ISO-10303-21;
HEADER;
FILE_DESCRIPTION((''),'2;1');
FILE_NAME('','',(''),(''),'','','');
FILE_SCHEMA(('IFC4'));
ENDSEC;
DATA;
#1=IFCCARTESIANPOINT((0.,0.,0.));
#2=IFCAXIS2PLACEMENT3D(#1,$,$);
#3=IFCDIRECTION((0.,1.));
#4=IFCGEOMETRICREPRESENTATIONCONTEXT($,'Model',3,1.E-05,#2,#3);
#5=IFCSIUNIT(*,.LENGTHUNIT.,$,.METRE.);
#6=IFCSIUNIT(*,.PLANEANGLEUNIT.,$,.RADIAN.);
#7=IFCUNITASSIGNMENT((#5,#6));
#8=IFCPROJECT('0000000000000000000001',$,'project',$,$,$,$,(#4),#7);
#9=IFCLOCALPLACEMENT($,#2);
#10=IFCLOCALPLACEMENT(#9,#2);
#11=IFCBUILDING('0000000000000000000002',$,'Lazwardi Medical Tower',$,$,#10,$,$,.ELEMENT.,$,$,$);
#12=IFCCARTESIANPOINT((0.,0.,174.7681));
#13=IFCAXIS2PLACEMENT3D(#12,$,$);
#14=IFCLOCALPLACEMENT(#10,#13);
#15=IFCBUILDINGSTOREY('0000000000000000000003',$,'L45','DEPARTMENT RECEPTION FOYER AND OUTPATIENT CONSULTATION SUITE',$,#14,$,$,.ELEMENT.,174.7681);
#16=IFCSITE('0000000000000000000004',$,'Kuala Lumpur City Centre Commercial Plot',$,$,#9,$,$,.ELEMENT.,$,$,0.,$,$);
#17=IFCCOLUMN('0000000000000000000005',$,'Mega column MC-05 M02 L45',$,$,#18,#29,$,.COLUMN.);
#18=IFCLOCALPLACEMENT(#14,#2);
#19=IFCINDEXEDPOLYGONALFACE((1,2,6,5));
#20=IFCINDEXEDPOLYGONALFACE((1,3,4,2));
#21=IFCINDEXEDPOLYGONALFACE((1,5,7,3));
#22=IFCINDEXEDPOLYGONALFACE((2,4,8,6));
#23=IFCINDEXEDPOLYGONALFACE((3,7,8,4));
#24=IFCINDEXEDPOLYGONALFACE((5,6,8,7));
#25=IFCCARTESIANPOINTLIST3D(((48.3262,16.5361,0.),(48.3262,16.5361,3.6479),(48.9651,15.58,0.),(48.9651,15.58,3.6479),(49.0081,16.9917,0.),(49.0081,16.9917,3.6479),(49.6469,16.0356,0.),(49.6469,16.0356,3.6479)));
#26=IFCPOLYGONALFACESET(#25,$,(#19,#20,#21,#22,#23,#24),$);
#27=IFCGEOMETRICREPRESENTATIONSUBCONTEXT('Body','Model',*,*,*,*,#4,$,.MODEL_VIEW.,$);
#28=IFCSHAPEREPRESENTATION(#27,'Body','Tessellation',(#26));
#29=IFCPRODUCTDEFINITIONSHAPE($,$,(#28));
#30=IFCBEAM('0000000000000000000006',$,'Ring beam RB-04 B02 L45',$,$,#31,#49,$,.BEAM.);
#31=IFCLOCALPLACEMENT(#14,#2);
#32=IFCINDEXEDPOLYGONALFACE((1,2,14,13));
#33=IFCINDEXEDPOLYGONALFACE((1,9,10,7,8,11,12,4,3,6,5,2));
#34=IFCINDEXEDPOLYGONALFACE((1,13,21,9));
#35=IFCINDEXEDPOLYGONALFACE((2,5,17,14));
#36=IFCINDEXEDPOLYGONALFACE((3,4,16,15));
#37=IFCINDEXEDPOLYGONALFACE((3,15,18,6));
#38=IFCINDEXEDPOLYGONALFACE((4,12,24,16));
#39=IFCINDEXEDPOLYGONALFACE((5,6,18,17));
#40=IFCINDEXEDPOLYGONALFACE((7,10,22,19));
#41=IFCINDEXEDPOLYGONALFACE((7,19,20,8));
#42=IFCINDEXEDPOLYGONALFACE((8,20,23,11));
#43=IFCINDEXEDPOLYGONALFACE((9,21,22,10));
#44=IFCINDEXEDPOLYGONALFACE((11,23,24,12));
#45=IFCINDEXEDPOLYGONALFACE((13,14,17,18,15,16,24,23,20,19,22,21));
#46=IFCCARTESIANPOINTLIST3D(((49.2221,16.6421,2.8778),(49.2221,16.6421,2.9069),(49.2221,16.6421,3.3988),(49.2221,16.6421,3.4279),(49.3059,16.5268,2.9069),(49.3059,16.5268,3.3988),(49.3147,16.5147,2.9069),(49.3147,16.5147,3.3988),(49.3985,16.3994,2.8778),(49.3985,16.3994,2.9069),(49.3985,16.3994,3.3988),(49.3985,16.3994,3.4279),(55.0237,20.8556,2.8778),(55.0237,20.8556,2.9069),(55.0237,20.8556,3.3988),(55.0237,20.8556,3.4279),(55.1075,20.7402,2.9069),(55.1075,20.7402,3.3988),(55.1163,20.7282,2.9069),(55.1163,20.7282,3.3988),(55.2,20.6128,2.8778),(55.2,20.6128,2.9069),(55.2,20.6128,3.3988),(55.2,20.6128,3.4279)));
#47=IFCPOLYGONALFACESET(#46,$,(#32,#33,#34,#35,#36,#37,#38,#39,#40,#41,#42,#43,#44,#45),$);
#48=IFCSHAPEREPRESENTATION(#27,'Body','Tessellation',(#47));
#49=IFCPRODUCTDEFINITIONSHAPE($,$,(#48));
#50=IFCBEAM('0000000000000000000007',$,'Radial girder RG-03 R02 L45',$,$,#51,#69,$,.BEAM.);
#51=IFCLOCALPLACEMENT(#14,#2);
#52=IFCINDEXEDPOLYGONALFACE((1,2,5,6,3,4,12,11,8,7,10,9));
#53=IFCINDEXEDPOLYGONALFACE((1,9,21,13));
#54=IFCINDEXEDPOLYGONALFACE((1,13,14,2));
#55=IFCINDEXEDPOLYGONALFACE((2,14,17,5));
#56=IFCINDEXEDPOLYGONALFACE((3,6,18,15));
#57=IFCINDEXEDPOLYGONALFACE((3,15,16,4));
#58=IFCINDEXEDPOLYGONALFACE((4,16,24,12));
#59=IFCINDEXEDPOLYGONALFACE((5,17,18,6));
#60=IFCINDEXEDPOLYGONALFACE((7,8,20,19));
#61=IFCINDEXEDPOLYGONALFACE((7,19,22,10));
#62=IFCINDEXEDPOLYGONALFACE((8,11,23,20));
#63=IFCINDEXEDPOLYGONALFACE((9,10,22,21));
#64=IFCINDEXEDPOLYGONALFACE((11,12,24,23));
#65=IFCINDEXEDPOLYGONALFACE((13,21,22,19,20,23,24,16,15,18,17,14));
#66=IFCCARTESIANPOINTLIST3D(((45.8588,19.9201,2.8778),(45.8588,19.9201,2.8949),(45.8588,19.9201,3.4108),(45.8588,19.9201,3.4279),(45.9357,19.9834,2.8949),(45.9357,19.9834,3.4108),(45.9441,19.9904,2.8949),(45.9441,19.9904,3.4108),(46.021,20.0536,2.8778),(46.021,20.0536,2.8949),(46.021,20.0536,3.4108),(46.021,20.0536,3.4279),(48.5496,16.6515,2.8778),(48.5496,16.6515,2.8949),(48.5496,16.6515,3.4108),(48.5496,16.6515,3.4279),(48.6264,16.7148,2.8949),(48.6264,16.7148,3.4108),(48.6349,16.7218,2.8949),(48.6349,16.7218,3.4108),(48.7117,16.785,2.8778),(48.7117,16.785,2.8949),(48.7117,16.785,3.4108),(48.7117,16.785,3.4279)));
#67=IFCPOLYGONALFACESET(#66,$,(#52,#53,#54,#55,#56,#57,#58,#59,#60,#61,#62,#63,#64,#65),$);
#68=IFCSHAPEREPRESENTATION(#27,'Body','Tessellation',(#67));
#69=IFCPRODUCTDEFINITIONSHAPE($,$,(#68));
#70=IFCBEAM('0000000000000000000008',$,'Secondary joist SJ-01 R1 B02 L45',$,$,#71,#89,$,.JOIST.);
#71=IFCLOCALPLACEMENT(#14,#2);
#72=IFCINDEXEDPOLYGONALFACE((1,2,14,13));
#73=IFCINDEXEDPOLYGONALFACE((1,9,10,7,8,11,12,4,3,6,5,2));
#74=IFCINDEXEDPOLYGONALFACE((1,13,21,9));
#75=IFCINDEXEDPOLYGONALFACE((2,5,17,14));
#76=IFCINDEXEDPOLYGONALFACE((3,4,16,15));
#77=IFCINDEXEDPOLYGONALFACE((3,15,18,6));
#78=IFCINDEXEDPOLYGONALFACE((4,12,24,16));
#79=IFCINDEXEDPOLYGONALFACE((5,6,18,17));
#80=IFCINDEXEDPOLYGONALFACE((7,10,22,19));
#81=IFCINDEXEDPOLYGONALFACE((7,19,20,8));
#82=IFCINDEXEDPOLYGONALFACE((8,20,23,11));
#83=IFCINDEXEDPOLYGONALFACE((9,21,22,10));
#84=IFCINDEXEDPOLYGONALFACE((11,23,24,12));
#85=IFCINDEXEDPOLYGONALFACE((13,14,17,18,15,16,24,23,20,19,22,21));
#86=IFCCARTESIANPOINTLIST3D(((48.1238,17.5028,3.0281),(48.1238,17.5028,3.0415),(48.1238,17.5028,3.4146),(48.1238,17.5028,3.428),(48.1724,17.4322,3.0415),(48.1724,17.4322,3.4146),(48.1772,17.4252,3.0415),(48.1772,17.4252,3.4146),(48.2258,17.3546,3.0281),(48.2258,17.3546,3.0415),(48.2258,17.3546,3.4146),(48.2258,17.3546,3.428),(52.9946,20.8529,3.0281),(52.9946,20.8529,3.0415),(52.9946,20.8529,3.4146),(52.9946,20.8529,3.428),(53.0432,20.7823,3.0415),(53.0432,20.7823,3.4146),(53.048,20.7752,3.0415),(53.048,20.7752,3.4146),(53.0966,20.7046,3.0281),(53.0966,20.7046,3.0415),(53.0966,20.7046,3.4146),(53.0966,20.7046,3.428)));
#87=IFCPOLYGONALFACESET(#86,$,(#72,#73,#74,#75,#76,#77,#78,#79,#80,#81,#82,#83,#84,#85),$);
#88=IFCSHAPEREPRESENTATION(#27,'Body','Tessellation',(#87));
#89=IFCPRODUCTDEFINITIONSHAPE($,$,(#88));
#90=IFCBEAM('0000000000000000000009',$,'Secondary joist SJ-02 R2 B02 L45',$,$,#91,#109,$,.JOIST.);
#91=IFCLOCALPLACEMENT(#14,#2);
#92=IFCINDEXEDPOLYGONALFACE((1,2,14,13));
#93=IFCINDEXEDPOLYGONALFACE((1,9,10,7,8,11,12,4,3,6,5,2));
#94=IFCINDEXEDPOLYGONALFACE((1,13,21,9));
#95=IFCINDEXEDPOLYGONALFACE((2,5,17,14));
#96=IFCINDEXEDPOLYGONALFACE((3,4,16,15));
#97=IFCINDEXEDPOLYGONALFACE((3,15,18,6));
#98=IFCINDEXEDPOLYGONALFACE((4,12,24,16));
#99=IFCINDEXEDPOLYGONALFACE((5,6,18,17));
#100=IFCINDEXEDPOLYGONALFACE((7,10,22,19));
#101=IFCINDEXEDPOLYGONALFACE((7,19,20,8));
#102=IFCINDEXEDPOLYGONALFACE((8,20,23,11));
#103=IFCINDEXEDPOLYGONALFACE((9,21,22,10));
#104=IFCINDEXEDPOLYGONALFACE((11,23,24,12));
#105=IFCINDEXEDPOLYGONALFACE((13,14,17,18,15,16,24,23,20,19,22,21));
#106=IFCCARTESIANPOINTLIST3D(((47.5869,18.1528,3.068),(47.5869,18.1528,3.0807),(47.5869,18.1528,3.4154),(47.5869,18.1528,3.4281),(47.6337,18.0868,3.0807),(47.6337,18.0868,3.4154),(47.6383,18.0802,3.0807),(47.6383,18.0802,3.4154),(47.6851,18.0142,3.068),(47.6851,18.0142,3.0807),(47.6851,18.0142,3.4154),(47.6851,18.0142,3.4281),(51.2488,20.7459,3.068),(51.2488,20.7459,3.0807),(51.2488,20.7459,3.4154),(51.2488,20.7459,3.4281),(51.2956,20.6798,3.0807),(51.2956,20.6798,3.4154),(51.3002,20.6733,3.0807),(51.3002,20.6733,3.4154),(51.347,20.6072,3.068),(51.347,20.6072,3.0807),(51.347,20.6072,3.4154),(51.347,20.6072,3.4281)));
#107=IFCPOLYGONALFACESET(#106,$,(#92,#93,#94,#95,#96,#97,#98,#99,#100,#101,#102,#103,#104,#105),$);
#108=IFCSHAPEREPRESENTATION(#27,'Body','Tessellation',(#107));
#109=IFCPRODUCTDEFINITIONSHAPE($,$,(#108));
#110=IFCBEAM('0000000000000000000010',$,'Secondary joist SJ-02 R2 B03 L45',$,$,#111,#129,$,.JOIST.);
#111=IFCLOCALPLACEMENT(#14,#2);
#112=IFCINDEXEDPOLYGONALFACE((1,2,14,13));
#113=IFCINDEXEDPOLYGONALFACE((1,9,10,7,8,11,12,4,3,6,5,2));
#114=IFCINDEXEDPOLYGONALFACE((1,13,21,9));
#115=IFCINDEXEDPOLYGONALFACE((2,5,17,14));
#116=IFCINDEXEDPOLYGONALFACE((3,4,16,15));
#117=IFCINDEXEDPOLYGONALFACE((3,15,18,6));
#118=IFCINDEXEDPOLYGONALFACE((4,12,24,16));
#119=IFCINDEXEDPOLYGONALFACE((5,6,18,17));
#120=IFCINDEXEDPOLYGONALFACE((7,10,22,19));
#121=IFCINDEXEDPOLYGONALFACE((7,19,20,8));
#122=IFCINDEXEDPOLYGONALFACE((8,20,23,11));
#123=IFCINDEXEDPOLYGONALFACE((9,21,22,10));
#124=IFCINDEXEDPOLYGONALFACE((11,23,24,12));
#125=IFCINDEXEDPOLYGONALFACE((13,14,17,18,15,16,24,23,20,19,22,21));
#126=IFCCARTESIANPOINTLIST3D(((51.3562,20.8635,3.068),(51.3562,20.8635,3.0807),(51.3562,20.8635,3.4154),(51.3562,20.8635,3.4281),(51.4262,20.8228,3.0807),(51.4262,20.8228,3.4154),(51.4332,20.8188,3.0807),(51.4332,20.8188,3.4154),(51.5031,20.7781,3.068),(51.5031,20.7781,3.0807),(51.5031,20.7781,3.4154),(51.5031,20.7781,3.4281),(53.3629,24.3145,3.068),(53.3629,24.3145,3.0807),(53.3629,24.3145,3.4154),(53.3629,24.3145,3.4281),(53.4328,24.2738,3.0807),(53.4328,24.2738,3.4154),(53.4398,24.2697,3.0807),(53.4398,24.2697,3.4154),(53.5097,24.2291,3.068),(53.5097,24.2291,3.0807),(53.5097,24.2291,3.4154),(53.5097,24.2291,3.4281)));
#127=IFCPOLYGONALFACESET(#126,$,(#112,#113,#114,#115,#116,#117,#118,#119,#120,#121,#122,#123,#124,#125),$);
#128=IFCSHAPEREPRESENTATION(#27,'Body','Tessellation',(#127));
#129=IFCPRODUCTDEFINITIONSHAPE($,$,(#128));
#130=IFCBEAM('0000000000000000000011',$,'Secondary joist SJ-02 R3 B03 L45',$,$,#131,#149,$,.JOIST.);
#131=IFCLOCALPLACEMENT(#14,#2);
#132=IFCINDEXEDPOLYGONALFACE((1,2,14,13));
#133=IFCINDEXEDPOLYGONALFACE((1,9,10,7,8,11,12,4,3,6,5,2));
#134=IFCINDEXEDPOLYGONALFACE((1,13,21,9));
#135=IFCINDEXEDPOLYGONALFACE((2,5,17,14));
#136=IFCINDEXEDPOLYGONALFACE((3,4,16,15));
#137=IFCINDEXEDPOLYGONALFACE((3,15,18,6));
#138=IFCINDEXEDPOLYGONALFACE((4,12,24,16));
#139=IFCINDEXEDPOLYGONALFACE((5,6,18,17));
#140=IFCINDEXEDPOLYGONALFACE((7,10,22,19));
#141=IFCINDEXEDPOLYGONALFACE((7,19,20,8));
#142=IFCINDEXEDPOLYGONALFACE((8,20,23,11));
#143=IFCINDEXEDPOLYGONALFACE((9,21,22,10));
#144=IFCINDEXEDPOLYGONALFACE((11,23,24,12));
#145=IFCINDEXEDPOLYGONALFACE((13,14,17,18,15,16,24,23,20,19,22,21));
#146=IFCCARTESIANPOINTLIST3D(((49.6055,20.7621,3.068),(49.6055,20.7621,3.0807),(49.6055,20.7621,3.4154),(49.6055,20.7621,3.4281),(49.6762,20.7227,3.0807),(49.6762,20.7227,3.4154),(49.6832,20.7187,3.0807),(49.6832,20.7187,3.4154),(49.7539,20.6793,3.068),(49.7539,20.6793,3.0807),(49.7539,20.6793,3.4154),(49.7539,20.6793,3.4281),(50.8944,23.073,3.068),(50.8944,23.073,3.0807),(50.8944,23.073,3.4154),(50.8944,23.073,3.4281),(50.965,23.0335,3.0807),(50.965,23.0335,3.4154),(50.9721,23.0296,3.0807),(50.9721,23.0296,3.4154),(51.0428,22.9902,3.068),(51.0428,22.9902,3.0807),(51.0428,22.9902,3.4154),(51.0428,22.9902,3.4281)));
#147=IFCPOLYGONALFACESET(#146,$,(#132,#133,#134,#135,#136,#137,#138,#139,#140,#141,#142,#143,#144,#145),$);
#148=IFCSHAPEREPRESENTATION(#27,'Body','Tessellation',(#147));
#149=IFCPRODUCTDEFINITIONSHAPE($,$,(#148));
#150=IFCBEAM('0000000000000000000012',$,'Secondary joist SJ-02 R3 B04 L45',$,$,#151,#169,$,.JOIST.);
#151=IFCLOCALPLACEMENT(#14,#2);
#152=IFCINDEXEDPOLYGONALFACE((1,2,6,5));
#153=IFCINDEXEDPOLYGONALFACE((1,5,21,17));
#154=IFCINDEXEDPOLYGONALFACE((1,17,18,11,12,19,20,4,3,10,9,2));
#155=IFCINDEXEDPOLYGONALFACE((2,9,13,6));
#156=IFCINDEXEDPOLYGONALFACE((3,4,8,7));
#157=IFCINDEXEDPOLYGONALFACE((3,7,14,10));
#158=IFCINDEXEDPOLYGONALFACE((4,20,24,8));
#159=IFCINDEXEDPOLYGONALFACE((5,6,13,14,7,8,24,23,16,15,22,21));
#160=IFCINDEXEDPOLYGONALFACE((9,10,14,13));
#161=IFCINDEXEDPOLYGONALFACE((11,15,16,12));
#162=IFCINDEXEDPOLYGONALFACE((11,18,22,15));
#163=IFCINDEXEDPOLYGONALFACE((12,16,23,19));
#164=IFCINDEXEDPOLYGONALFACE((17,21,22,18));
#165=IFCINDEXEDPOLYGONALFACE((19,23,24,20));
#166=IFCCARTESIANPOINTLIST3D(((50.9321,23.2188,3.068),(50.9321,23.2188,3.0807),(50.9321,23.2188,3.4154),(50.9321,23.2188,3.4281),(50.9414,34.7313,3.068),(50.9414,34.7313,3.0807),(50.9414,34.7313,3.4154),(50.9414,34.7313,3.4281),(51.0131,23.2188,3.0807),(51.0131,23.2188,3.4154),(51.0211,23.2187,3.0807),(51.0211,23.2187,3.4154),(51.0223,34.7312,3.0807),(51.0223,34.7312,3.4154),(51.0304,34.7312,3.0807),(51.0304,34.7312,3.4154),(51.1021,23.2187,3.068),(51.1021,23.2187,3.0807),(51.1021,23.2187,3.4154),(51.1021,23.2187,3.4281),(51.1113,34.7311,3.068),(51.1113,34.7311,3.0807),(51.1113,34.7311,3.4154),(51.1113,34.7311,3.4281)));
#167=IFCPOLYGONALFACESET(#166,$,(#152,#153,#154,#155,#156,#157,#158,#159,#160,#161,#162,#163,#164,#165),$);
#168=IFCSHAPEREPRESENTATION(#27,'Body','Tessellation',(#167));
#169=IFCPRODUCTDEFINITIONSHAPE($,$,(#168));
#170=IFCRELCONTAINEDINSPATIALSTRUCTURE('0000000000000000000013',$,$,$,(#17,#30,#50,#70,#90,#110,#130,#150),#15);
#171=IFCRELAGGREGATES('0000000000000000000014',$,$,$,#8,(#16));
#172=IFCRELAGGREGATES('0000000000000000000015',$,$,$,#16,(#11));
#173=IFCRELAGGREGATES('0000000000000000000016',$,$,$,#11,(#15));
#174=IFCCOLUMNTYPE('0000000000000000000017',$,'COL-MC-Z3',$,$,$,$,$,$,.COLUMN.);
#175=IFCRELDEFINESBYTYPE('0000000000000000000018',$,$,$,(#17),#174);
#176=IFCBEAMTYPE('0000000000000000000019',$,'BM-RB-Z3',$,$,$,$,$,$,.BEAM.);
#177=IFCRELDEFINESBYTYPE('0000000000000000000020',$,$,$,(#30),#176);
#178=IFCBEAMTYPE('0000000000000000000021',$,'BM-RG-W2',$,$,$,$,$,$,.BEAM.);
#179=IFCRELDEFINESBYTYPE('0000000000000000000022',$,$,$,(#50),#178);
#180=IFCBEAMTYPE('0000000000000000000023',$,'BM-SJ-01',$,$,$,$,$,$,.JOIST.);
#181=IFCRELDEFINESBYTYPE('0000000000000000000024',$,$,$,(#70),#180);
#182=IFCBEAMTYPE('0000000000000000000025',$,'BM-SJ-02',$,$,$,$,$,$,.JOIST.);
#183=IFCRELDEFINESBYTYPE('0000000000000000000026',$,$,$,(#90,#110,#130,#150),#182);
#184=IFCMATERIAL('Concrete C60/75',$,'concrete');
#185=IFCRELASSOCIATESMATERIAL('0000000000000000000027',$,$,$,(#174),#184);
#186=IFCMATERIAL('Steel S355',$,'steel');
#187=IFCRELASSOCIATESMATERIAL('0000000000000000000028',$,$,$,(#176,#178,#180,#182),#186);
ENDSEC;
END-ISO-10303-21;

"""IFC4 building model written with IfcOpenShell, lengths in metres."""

from ifc_helpers import new_model, si_unit, direction, frame, origin, origin_2d, place, context, subcontext, project, spatial, rectangle, i_section, extrude, material, material_profile, profile_set, type_object, element, save


model = new_model("IFC4")

# Units and contexts
model_context = context("Model", 3, precision=1e-05, world=origin(), true_north=direction((0.0, 1.0)))
body_context = subcontext(model_context, "Body", "Model", "MODEL_VIEW")
ifc_project = project(units=[si_unit("LENGTHUNIT", "METRE"), si_unit("PLANEANGLEUNIT", "RADIAN")], contexts=[model_context])

# Site, building, storey
site_placement = place(None, origin())
site = spatial("IfcSite", under=ifc_project, at=site_placement, Name="Kuala Lumpur City Centre Commercial Plot", CompositionType="ELEMENT", RefElevation=0.0)
building_placement = place(site_placement, origin())
building = spatial("IfcBuilding", under=site, at=building_placement, Name="Lazwardi Medical Tower", CompositionType="ELEMENT")
storey_placement = place(building_placement, frame((0.0, 0.0, 174.7681)))
storey = spatial("IfcBuildingStorey", under=building, at=storey_placement, Name="L45", Description="DEPARTMENT RECEPTION FOYER AND OUTPATIENT CONSULTATION SUITE", CompositionType="ELEMENT", Elevation=174.7681)

# Column
ifc_material_1 = material(Name="Concrete C60/75", Category="concrete")
ifc_material_profile_1 = material_profile(ifc_material_1, rectangle(XDim=1.1499, YDim=0.8201, at=origin_2d()), Name="CFT-RECT 1150x820")
ifc_profile_set_1 = profile_set([ifc_material_profile_1], Name="Concrete C60/75")
column_type = type_object("IfcColumnType", Name="COL-MC-Z3", PredefinedType="COLUMN", material=ifc_profile_set_1)
column_placement = place(storey_placement, frame((48.9866, 16.2859, 0.0), z_axis=(0.0, 0.0, 1.0), x_axis=(0.55557, -0.83147, 0.0)))
element("IfcColumn", 1, at=column_placement, inside=storey, type_object=column_type, Name="Mega column MC-05 M02 L45", PredefinedType="COLUMN", context=body_context, shape_type="SweptSolid", body=[
    extrude(rectangle(XDim=1.1499, YDim=0.8201, at=origin_2d()), origin(), (0.0, 0.0, 1.0), 3.6479),
])

# Beams
ifc_material_2 = material(Name="Steel S355", Category="steel")
ifc_material_profile_2 = material_profile(ifc_material_2, i_section(OverallWidth=0.3, OverallDepth=0.55, WebThickness=0.0149, FlangeThickness=0.0291, at=origin_2d()), Name="HEB 550")
ifc_profile_set_2 = profile_set([ifc_material_profile_2], Name="Steel S355")
beam_type_1 = type_object("IfcBeamType", Name="BM-RB-Z3", PredefinedType="BEAM", material=ifc_profile_set_2)
beam_1_placement = place(storey_placement, frame((49.3103, 16.5208, 3.1528), z_axis=(0.809128, 0.587633, 0.0), x_axis=(-0.587633, 0.809128, 0.0)))
element("IfcBeam", 2, at=beam_1_placement, inside=storey, type_object=beam_type_1, Name="Ring beam RB-04 B02 L45", PredefinedType="BEAM", context=body_context, shape_type="SweptSolid", body=[
    extrude(i_section(OverallWidth=0.3, OverallDepth=0.55, WebThickness=0.0149, FlangeThickness=0.0291, at=origin_2d()), origin(), (0.0, 0.0, 1.0), 7.1702),
])
ifc_material_profile_3 = material_profile(ifc_material_2, i_section(OverallWidth=0.21, OverallDepth=0.55, WebThickness=0.011, FlangeThickness=0.0171, at=origin_2d()), Name="IPE 550")
ifc_profile_set_3 = profile_set([ifc_material_profile_3], Name="Steel S355")
beam_type_2 = type_object("IfcBeamType", Name="BM-RG-W2", PredefinedType="BEAM", material=ifc_profile_set_3)
beam_2_placement = place(storey_placement, frame((48.6306, 16.7183, 3.1528), z_axis=(-0.635556, 0.772055, 0.0), x_axis=(-0.772055, -0.635556, 0.0)))
element("IfcBeam", 3, at=beam_2_placement, inside=storey, type_object=beam_type_2, Name="Radial girder RG-03 R02 L45", PredefinedType="BEAM", context=body_context, shape_type="SweptSolid", body=[
    extrude(i_section(OverallWidth=0.21, OverallDepth=0.55, WebThickness=0.011, FlangeThickness=0.0171, at=origin_2d()), origin(), (0.0, 0.0, 1.0), 4.2336),
])
ifc_material_profile_4 = material_profile(ifc_material_2, i_section(OverallWidth=0.1799, OverallDepth=0.3999, WebThickness=0.0085, FlangeThickness=0.0134, at=origin_2d()), Name="IPE 400")
ifc_profile_set_4 = profile_set([ifc_material_profile_4], Name="Steel S355")
beam_type_3 = type_object("IfcBeamType", Name="BM-SJ-01", PredefinedType="JOIST", material=ifc_profile_set_4)
beam_3_placement = place(storey_placement, frame((48.1748, 17.4287, 3.228), z_axis=(0.823932, 0.566688, 0.0), x_axis=(-0.566688, 0.823932, 0.0)))
element("IfcBeam", 4, at=beam_3_placement, inside=storey, type_object=beam_type_3, Name="Secondary joist SJ-01 R1 B02 L45", PredefinedType="JOIST", context=body_context, shape_type="SweptSolid", body=[
    extrude(i_section(OverallWidth=0.1799, OverallDepth=0.3999, WebThickness=0.0085, FlangeThickness=0.0134, at=origin_2d()), origin(), (0.0, 0.0, 1.0), 5.9116),
])
ifc_material_profile_5 = material_profile(ifc_material_2, i_section(OverallWidth=0.1699, OverallDepth=0.3601, WebThickness=0.0081, FlangeThickness=0.0127, at=origin_2d()), Name="IPE 360")
ifc_profile_set_5 = profile_set([ifc_material_profile_5], Name="Steel S355")
beam_type_4 = type_object("IfcBeamType", Name="BM-SJ-02", PredefinedType="JOIST", material=ifc_profile_set_5)
beam_4_placement = place(storey_placement, frame((47.636, 18.0835, 3.248), z_axis=(0.816109, 0.577898, 0.0), x_axis=(-0.577898, 0.816109, 0.0)))
element("IfcBeam", 5, at=beam_4_placement, inside=storey, type_object=beam_type_4, Name="Secondary joist SJ-02 R2 B02 L45", PredefinedType="JOIST", context=body_context, shape_type="SweptSolid", body=[
    extrude(i_section(OverallWidth=0.1699, OverallDepth=0.3601, WebThickness=0.0081, FlangeThickness=0.0127, at=origin_2d()), origin(), (0.0, 0.0, 1.0), 4.4871),
])
beam_5_placement = place(storey_placement, frame((51.4297, 20.8208, 3.248), z_axis=(0.502665, 0.864481, 0.0), x_axis=(-0.864481, 0.502665, 0.0)))
element("IfcBeam", 6, at=beam_5_placement, inside=storey, type_object=beam_type_4, Name="Secondary joist SJ-02 R2 B03 L45", PredefinedType="JOIST", context=body_context, shape_type="SweptSolid", body=[
    extrude(i_section(OverallWidth=0.1699, OverallDepth=0.3601, WebThickness=0.0081, FlangeThickness=0.0127, at=origin_2d()), origin(), (0.0, 0.0, 1.0), 3.9919),
])
beam_6_placement = place(storey_placement, frame((49.6797, 20.7207, 3.248), z_axis=(0.487099, 0.873347, 0.0), x_axis=(-0.873347, 0.487099, 0.0)))
element("IfcBeam", 7, at=beam_6_placement, inside=storey, type_object=beam_type_4, Name="Secondary joist SJ-02 R3 B03 L45", PredefinedType="JOIST", context=body_context, shape_type="SweptSolid", body=[
    extrude(i_section(OverallWidth=0.1699, OverallDepth=0.3601, WebThickness=0.0081, FlangeThickness=0.0127, at=origin_2d()), origin(), (0.0, 0.0, 1.0), 2.646),
])
beam_7_placement = place(storey_placement, frame((51.0171, 23.2188, 3.248), z_axis=(0.000806, 1.0, 0.0), x_axis=(-1.0, 0.000806, 0.0)))
element("IfcBeam", 8, at=beam_7_placement, inside=storey, type_object=beam_type_4, Name="Secondary joist SJ-02 R3 B04 L45", PredefinedType="JOIST", context=body_context, shape_type="SweptSolid", body=[
    extrude(i_section(OverallWidth=0.1699, OverallDepth=0.3601, WebThickness=0.0081, FlangeThickness=0.0127, at=origin_2d()), origin(), (0.0, 0.0, 1.0), 11.5125),
])

save(model, "model.ifc")
